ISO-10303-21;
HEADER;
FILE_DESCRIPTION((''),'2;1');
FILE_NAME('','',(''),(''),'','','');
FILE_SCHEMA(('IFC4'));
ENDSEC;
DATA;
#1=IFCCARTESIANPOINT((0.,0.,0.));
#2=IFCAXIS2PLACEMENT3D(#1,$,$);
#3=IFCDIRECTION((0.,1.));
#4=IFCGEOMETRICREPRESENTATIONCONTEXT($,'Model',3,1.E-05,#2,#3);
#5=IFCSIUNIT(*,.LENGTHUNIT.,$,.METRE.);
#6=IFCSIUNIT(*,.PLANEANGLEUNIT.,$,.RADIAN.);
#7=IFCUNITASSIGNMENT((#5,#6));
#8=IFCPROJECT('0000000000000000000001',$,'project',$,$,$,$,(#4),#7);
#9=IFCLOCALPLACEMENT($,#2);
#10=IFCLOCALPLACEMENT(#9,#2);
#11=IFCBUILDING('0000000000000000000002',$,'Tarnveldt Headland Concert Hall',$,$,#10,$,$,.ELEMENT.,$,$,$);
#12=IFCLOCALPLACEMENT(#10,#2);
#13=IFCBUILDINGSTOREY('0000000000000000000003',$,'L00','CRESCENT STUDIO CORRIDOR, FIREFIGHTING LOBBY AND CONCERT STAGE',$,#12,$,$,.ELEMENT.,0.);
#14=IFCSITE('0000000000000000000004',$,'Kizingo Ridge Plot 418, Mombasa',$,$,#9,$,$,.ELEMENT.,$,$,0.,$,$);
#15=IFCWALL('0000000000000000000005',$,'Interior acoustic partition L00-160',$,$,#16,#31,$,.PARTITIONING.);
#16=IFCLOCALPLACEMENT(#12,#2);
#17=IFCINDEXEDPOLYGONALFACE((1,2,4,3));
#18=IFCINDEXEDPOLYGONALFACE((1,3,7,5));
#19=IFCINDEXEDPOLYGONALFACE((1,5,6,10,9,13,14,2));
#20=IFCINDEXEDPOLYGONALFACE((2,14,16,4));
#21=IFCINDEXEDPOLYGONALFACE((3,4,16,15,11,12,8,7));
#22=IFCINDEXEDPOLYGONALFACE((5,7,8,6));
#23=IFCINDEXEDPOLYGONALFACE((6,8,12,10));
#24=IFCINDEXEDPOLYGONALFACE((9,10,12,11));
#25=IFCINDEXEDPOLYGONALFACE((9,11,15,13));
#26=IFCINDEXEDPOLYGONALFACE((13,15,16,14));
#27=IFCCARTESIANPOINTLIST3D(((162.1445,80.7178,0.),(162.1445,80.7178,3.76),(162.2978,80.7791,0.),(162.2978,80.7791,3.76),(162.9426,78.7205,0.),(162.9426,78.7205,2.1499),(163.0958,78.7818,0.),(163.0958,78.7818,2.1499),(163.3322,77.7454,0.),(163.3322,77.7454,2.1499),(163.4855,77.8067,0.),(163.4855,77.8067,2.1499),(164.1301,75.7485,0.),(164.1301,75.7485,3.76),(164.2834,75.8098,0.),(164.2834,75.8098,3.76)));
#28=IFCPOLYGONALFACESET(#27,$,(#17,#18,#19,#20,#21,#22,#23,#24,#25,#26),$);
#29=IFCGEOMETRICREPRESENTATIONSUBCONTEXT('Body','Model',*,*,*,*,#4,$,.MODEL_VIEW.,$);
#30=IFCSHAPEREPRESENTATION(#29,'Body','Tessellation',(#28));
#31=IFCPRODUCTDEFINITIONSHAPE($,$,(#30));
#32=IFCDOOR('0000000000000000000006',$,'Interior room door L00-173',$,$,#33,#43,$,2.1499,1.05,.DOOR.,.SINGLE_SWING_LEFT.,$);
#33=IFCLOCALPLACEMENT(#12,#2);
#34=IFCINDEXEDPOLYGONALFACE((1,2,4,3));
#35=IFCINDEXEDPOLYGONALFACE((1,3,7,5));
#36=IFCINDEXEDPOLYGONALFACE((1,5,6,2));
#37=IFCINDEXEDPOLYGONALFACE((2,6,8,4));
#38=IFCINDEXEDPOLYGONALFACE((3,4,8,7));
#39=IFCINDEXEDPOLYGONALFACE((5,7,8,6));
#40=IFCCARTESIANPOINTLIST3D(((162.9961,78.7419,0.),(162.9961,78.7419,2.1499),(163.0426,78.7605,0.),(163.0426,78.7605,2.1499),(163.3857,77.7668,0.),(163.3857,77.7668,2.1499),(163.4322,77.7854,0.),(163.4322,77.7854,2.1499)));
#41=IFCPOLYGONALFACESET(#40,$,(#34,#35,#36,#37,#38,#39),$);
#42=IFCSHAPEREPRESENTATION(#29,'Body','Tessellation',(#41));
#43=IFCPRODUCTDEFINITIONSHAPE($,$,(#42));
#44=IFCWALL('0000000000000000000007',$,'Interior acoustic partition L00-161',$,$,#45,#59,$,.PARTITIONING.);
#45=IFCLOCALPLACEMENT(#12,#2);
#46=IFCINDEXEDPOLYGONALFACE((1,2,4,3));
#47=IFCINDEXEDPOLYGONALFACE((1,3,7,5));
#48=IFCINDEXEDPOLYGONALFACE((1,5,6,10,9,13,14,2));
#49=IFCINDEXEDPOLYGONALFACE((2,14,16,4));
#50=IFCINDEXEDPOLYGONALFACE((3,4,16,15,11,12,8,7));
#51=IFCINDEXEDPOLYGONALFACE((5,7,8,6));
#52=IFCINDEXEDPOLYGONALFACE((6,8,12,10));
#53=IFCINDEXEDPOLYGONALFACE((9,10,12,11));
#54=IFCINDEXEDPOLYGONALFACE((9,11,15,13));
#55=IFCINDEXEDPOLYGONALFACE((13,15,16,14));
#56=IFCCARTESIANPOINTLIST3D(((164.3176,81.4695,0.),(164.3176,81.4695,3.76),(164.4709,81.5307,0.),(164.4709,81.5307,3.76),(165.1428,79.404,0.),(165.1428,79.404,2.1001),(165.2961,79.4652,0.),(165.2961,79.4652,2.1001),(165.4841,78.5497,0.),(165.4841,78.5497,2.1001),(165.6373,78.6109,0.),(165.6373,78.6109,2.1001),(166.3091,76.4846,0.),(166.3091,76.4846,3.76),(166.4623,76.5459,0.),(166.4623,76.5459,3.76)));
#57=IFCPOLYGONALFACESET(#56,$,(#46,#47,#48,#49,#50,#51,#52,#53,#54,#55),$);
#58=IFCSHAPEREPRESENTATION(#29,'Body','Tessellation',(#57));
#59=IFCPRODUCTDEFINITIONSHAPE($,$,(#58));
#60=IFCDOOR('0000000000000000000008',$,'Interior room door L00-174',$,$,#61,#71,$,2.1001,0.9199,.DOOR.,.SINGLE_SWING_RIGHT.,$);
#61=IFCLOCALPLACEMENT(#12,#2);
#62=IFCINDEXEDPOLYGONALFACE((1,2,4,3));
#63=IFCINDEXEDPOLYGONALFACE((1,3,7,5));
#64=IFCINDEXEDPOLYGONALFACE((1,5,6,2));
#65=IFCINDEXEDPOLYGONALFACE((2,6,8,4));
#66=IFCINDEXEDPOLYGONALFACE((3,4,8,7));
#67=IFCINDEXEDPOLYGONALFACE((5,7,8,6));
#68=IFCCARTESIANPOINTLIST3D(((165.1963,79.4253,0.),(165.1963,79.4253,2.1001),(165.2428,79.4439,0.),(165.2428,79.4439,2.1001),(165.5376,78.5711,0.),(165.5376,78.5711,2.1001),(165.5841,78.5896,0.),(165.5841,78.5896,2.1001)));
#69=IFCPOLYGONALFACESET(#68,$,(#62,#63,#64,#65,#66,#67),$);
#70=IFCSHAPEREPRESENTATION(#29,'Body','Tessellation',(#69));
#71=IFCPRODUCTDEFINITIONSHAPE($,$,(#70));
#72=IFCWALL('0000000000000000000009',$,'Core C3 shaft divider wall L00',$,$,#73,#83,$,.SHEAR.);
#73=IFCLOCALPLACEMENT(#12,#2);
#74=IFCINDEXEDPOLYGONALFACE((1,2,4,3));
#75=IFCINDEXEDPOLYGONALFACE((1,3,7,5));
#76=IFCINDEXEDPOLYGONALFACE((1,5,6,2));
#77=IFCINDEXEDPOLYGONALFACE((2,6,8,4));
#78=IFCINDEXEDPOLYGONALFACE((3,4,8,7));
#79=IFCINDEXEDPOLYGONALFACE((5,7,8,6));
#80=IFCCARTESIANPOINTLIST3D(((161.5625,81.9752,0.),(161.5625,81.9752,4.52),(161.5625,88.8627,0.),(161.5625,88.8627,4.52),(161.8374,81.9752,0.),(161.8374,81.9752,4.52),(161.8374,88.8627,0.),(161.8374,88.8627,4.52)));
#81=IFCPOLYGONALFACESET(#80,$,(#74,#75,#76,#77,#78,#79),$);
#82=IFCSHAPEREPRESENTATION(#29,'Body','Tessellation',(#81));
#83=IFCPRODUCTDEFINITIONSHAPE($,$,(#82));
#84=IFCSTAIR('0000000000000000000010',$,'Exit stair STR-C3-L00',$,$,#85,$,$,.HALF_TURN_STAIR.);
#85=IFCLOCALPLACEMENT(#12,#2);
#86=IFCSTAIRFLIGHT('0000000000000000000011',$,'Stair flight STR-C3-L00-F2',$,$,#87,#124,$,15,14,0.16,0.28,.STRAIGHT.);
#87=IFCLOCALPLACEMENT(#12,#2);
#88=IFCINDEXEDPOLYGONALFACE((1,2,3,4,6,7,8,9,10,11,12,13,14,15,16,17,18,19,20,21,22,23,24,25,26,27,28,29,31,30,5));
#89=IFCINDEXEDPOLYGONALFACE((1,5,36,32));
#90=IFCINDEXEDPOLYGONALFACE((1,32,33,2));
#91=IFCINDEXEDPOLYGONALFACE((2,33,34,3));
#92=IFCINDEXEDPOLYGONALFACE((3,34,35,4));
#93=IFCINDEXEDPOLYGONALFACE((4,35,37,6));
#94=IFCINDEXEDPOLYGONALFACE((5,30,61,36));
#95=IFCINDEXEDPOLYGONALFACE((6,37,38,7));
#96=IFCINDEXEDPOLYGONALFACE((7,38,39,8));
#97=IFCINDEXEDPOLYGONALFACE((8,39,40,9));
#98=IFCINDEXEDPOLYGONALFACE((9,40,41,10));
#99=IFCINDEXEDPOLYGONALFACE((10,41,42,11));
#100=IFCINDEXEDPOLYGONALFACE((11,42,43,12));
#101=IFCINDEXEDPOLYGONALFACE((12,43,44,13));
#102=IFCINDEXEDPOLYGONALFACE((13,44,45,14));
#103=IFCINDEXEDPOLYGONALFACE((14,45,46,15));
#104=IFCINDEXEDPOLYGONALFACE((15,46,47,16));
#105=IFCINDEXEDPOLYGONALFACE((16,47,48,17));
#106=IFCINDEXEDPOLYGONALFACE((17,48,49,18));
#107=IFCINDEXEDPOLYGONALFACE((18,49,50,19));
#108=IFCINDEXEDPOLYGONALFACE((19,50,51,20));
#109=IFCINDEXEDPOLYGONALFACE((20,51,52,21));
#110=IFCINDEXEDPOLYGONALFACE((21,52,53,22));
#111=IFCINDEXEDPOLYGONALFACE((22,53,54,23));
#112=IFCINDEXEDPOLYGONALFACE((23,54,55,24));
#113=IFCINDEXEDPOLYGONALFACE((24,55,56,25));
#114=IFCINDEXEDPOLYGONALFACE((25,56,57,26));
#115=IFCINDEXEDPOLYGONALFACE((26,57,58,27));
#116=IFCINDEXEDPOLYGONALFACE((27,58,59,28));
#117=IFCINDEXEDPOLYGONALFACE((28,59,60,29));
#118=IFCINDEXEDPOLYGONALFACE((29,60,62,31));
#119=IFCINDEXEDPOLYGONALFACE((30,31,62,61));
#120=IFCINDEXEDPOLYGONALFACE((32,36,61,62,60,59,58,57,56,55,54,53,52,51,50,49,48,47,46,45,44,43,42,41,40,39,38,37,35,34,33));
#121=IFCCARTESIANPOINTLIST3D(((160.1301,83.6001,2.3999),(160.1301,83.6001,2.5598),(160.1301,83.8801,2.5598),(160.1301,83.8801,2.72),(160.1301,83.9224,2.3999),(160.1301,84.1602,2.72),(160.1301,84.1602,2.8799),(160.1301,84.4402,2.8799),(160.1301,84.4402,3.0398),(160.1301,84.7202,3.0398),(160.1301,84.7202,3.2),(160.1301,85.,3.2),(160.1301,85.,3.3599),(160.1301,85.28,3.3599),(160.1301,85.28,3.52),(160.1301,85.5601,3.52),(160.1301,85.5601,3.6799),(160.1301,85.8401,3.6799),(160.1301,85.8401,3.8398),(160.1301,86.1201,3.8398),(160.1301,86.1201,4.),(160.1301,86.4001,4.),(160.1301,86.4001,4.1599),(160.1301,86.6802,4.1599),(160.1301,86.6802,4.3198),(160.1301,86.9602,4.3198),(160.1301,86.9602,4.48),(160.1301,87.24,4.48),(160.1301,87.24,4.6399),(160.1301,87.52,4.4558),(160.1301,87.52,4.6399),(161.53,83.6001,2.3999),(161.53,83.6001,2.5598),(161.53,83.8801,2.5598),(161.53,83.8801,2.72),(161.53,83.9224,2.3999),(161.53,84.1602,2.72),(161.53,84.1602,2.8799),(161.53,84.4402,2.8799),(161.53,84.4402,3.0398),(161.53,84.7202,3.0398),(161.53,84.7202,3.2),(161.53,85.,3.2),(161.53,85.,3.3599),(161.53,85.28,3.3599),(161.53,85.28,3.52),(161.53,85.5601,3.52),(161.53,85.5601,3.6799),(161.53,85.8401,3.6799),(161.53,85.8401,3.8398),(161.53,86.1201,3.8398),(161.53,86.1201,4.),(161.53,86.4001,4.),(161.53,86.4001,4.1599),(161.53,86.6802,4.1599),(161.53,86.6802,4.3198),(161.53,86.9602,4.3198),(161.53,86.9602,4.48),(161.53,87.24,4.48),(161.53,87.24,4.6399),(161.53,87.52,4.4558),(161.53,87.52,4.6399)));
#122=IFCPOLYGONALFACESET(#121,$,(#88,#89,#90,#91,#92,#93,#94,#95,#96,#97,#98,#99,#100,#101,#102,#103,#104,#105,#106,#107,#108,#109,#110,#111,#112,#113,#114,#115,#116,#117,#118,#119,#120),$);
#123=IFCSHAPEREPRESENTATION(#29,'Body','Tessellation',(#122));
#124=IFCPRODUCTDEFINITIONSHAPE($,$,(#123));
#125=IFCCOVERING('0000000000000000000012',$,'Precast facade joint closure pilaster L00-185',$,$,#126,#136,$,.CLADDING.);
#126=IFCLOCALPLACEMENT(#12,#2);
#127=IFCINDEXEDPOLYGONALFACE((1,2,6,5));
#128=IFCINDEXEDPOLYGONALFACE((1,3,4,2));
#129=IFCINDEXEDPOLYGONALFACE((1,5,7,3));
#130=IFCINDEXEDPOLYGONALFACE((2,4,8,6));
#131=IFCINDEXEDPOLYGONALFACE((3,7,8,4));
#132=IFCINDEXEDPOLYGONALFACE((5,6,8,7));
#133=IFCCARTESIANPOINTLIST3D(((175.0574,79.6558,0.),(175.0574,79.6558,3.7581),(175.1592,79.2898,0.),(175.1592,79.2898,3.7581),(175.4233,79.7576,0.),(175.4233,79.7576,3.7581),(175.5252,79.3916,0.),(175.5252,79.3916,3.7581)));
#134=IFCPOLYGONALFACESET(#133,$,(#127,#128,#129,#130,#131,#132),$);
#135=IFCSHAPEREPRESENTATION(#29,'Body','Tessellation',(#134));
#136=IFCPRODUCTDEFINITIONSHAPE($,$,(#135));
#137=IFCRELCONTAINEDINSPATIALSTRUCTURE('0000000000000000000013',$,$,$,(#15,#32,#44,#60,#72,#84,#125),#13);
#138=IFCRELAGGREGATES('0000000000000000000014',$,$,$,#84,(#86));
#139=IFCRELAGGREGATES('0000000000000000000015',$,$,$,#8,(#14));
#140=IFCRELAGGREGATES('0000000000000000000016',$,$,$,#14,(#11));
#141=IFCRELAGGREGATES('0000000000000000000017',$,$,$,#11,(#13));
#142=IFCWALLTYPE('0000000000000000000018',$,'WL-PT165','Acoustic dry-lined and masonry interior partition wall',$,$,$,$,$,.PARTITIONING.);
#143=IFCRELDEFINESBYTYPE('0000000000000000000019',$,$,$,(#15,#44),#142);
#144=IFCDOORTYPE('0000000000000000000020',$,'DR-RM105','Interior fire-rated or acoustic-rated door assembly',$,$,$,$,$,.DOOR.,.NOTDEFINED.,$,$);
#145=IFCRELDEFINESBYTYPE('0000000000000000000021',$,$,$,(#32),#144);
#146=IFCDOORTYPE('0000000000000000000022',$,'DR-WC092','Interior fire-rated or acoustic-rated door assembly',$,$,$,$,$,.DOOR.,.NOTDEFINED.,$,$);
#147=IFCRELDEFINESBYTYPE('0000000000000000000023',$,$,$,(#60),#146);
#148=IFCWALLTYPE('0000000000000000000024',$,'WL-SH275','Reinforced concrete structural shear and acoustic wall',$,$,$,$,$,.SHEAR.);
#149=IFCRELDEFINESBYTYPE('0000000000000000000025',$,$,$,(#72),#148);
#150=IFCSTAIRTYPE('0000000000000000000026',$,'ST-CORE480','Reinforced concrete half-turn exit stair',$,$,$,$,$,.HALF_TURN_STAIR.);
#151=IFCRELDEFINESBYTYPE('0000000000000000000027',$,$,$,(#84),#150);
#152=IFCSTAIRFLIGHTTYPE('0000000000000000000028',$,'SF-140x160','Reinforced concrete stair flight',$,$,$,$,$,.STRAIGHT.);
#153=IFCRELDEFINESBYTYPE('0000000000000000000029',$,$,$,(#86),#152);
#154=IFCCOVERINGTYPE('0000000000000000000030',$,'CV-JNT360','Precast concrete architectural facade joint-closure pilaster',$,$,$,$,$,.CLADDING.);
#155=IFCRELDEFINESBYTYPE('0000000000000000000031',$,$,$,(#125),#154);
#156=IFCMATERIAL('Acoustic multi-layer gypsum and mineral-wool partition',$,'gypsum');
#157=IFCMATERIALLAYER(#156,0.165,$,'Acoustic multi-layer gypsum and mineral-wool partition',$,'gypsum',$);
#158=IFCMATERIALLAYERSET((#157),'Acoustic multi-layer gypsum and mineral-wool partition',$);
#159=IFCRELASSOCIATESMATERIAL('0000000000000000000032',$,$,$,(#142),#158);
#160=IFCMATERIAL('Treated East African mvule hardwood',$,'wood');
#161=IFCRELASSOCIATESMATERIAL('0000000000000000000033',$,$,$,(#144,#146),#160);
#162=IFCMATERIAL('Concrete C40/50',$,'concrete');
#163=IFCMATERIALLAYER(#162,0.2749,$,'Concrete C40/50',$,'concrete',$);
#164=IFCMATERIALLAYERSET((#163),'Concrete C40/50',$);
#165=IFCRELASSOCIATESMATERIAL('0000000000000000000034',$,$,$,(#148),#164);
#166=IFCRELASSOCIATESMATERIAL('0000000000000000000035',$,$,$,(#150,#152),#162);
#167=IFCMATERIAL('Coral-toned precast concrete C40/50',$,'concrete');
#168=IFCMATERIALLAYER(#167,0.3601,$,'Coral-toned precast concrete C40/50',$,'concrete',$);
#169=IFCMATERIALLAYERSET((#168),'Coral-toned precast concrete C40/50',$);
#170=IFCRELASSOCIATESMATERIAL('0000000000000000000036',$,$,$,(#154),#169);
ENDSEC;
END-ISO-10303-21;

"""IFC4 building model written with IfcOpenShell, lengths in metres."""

from ifc_helpers import new_model, si_unit, direction, frame, frame_2d, origin, origin_2d, place, context, subcontext, project, spatial, polyline, rectangle, outline, extrude, material, layer, layer_set, type_object, element, fill, aggregate, save


model = new_model("IFC4")

# Units and contexts
model_context = context("Model", 3, precision=1e-05, world=origin(), true_north=direction((0.0, 1.0)))
body_context = subcontext(model_context, "Body", "Model", "MODEL_VIEW")
ifc_project = project(units=[si_unit("LENGTHUNIT", "METRE"), si_unit("PLANEANGLEUNIT", "RADIAN")], contexts=[model_context])

# Site, building, storey
site_placement = place(None, origin())
site = spatial("IfcSite", under=ifc_project, at=site_placement, Name="Kizingo Ridge Plot 418, Mombasa", CompositionType="ELEMENT", RefElevation=0.0)
building_placement = place(site_placement, origin())
building = spatial("IfcBuilding", under=site, at=building_placement, Name="Tarnveldt Headland Concert Hall", CompositionType="ELEMENT")
storey_placement = place(building_placement, origin())
storey = spatial("IfcBuildingStorey", under=building, at=storey_placement, Name="L00", Description="CRESCENT STUDIO CORRIDOR, FIREFIGHTING LOBBY AND CONCERT STAGE", CompositionType="ELEMENT", Elevation=0.0)

# Shared definitions
ifc_material_1 = material(Name="Concrete C40/50", Category="concrete")

# Shared definitions
ifc_material_2 = material(Name="Coral-toned precast concrete C40/50", Category="concrete")

# Shared definitions
ifc_material_3 = material(Name="Acoustic multi-layer gypsum and mineral-wool partition", Category="gypsum")

# Walls, openings, doors
ifc_layer_1 = layer(ifc_material_3, 0.165, Name="Acoustic multi-layer gypsum and mineral-wool partition", Category="gypsum")
ifc_layer_set_1 = layer_set([ifc_layer_1], Name="Acoustic multi-layer gypsum and mineral-wool partition")
wall_type_1 = type_object("IfcWallType", Name="WL-PT165", Description="Acoustic dry-lined and masonry interior partition wall", PredefinedType="PARTITIONING", material=ifc_layer_set_1)
wall_1_placement = place(storey_placement, frame((164.2068, 75.7791, 0.0), z_axis=(0.0, 0.0, 1.0), x_axis=(-0.371052, 0.928612, 0.0)))
wall_1 = element("IfcWall", 1, at=wall_1_placement, inside=storey, type_object=wall_type_1, Name="Interior acoustic partition L00-160", PredefinedType="PARTITIONING", context=body_context, shape_type="SweptSolid", body=[
    extrude(rectangle(XDim=5.3513, YDim=0.165, at=frame_2d((2.6758, 0.0))), origin(), (0.0, 0.0, 1.0), 3.76),
])
opening_1_placement = place(wall_1_placement, frame((2.1506, 0.0, 0.0)))
opening_1 = element("IfcOpeningElement", 2, at=opening_1_placement, cuts=wall_1, PredefinedType="OPENING", context=body_context, shape_type="SweptSolid", body=[
    extrude(rectangle(XDim=1.05, YDim=2.1499, at=frame_2d((0.5249, 1.075))), frame((0.0, 0.0925, 0.0), z_axis=(0.0, -1.0, 0.0), x_axis=(1.0, 0.0, 0.0)), (0.0, 0.0, 1.0), 0.1851),
])
ifc_material_4 = material(Name="Treated East African mvule hardwood", Category="wood")
door_type_1 = type_object("IfcDoorType", Name="DR-RM105", Description="Interior fire-rated or acoustic-rated door assembly", OperationType="NOTDEFINED", PredefinedType="DOOR", material=ifc_material_4)
door_1_placement = place(opening_1_placement, origin())
door_1 = element("IfcDoor", 3, at=door_1_placement, inside=storey, type_object=door_type_1, Name="Interior room door L00-173", OperationType="SINGLE_SWING_LEFT", OverallHeight=2.1499, OverallWidth=1.05, PredefinedType="DOOR", context=body_context, shape_type="SweptSolid", body=[
    extrude(rectangle(XDim=1.05, YDim=2.1499, at=frame_2d((0.5249, 1.075))), frame((0.0, 0.0249, 0.0), z_axis=(0.0, -1.0, 0.0), x_axis=(1.0, 0.0, 0.0)), (0.0, 0.0, 1.0), 0.05),
])
fill(opening_1, door_1)
wall_2_placement = place(storey_placement, frame((166.3857, 76.5151, 0.0), z_axis=(0.0, 0.0, 1.0), x_axis=(-0.370991, 0.928637, 0.0)))
wall_2 = element("IfcWall", 4, at=wall_2_placement, inside=storey, type_object=wall_type_1, Name="Interior acoustic partition L00-161", PredefinedType="PARTITIONING", context=body_context, shape_type="SweptSolid", body=[
    extrude(rectangle(XDim=5.3679, YDim=0.165, at=frame_2d((2.6841, 0.0))), origin(), (0.0, 0.0, 1.0), 3.76),
])
opening_2_placement = place(wall_2_placement, frame((2.2239, 0.0, 0.0)))
opening_2 = element("IfcOpeningElement", 5, at=opening_2_placement, cuts=wall_2, PredefinedType="OPENING", context=body_context, shape_type="SweptSolid", body=[
    extrude(rectangle(XDim=0.9199, YDim=2.1001, at=frame_2d((0.46, 1.05))), frame((0.0, 0.0925, 0.0), z_axis=(0.0, -1.0, 0.0), x_axis=(1.0, 0.0, 0.0)), (0.0, 0.0, 1.0), 0.1851),
])
door_type_2 = type_object("IfcDoorType", Name="DR-WC092", Description="Interior fire-rated or acoustic-rated door assembly", OperationType="NOTDEFINED", PredefinedType="DOOR", material=ifc_material_4)
door_2_placement = place(opening_2_placement, origin())
door_2 = element("IfcDoor", 6, at=door_2_placement, inside=storey, type_object=door_type_2, Name="Interior room door L00-174", OperationType="SINGLE_SWING_RIGHT", OverallHeight=2.1001, OverallWidth=0.9199, PredefinedType="DOOR", context=body_context, shape_type="SweptSolid", body=[
    extrude(rectangle(XDim=0.9199, YDim=2.1001, at=frame_2d((0.46, 1.05))), frame((0.0, 0.0249, 0.0), z_axis=(0.0, -1.0, 0.0), x_axis=(1.0, 0.0, 0.0)), (0.0, 0.0, 1.0), 0.05),
])
fill(opening_2, door_2)

# Wall
ifc_layer_2 = layer(ifc_material_1, 0.2749, Name="Concrete C40/50", Category="concrete")
ifc_layer_set_2 = layer_set([ifc_layer_2], Name="Concrete C40/50")
wall_type_2 = type_object("IfcWallType", Name="WL-SH275", Description="Reinforced concrete structural shear and acoustic wall", PredefinedType="SHEAR", material=ifc_layer_set_2)
wall_3_placement = place(storey_placement, frame((161.7, 81.9751, 0.0), z_axis=(0.0, 0.0, 1.0), x_axis=(0.0, 1.0, 0.0)))
element("IfcWall", 7, at=wall_3_placement, inside=storey, type_object=wall_type_2, Name="Core C3 shaft divider wall L00", PredefinedType="SHEAR", context=body_context, shape_type="SweptSolid", body=[
    extrude(rectangle(XDim=6.8875, YDim=0.2749, at=frame_2d((3.4438, 0.0))), origin(), (0.0, 0.0, 1.0), 4.52),
])

# Stair, stair flight
stair_type = type_object("IfcStairType", Name="ST-CORE480", Description="Reinforced concrete half-turn exit stair", PredefinedType="HALF_TURN_STAIR", material=ifc_material_1)
stair_placement = place(storey_placement, origin())
stair = element("IfcStair", 8, at=stair_placement, inside=storey, type_object=stair_type, Name="Exit stair STR-C3-L00", PredefinedType="HALF_TURN_STAIR")
stair_flight_type = type_object("IfcStairFlightType", Name="SF-140x160", Description="Reinforced concrete stair flight", PredefinedType="STRAIGHT", material=ifc_material_1)
stair_flight_placement = place(storey_placement, frame((160.8301, 83.6001, 2.3999), z_axis=(0.0, 0.0, 1.0), x_axis=(0.0, 1.0, 0.0)))
stair_flight = element("IfcStairFlight", 9, at=stair_flight_placement, type_object=stair_flight_type, Name="Stair flight STR-C3-L00-F2", NumberOfRisers=15, NumberOfTreads=14, PredefinedType="STRAIGHT", RiserHeight=0.16, TreadLength=0.28, context=body_context, shape_type="SweptSolid", body=[
    extrude(outline(polyline([(0.0, 0.0), (0.0, 0.1599), (0.28, 0.1599), (0.28, 0.3201), (0.5601, 0.3201), (0.5601, 0.48), (0.8401, 0.48), (0.8401, 0.6399), (1.1201, 0.6399), (1.1201, 0.8), (1.3999, 0.8), (1.3999, 0.96), (1.6799, 0.96), (1.6799, 1.1201), (1.96, 1.1201), (1.96, 1.28), (2.24, 1.28), (2.24, 1.4399), (2.52, 1.4399), (2.52, 1.6001), (2.8, 1.6001), (2.8, 1.76), (3.0801, 1.76), (3.0801, 1.9199), (3.3601, 1.9199), (3.3601, 2.0801), (3.6399, 2.0801), (3.6399, 2.24), (3.9199, 2.24), (3.9199, 2.3999), (3.9199, 2.0559), (0.3223, 0.0), (0.0, 0.0)])), frame((0.0, 0.7, 0.0), z_axis=(0.0, -1.0, 0.0), x_axis=(1.0, 0.0, 0.0)), (0.0, 0.0, 1.0), 1.3999),
])
aggregate(stair, [stair_flight])

# Covering
ifc_layer_3 = layer(ifc_material_2, 0.3601, Name="Coral-toned precast concrete C40/50", Category="concrete")
ifc_layer_set_3 = layer_set([ifc_layer_3], Name="Coral-toned precast concrete C40/50")
covering_type = type_object("IfcCoveringType", Name="CV-JNT360", Description="Precast concrete architectural facade joint-closure pilaster", PredefinedType="CLADDING", material=ifc_layer_set_3)
covering_placement = place(storey_placement, frame((175.2913, 79.5237, 0.0), z_axis=(0.0, 0.0, 1.0), x_axis=(0.268079, -0.963397, 0.0)))
element("IfcCovering", 10, at=covering_placement, inside=storey, type_object=covering_type, Name="Precast facade joint closure pilaster L00-185", PredefinedType="CLADDING", context=body_context, shape_type="SweptSolid", body=[
    extrude(rectangle(XDim=0.3799, YDim=0.3799, at=origin_2d()), origin(), (0.0, 0.0, 1.0), 3.7581),
])

save(model, "model.ifc")
